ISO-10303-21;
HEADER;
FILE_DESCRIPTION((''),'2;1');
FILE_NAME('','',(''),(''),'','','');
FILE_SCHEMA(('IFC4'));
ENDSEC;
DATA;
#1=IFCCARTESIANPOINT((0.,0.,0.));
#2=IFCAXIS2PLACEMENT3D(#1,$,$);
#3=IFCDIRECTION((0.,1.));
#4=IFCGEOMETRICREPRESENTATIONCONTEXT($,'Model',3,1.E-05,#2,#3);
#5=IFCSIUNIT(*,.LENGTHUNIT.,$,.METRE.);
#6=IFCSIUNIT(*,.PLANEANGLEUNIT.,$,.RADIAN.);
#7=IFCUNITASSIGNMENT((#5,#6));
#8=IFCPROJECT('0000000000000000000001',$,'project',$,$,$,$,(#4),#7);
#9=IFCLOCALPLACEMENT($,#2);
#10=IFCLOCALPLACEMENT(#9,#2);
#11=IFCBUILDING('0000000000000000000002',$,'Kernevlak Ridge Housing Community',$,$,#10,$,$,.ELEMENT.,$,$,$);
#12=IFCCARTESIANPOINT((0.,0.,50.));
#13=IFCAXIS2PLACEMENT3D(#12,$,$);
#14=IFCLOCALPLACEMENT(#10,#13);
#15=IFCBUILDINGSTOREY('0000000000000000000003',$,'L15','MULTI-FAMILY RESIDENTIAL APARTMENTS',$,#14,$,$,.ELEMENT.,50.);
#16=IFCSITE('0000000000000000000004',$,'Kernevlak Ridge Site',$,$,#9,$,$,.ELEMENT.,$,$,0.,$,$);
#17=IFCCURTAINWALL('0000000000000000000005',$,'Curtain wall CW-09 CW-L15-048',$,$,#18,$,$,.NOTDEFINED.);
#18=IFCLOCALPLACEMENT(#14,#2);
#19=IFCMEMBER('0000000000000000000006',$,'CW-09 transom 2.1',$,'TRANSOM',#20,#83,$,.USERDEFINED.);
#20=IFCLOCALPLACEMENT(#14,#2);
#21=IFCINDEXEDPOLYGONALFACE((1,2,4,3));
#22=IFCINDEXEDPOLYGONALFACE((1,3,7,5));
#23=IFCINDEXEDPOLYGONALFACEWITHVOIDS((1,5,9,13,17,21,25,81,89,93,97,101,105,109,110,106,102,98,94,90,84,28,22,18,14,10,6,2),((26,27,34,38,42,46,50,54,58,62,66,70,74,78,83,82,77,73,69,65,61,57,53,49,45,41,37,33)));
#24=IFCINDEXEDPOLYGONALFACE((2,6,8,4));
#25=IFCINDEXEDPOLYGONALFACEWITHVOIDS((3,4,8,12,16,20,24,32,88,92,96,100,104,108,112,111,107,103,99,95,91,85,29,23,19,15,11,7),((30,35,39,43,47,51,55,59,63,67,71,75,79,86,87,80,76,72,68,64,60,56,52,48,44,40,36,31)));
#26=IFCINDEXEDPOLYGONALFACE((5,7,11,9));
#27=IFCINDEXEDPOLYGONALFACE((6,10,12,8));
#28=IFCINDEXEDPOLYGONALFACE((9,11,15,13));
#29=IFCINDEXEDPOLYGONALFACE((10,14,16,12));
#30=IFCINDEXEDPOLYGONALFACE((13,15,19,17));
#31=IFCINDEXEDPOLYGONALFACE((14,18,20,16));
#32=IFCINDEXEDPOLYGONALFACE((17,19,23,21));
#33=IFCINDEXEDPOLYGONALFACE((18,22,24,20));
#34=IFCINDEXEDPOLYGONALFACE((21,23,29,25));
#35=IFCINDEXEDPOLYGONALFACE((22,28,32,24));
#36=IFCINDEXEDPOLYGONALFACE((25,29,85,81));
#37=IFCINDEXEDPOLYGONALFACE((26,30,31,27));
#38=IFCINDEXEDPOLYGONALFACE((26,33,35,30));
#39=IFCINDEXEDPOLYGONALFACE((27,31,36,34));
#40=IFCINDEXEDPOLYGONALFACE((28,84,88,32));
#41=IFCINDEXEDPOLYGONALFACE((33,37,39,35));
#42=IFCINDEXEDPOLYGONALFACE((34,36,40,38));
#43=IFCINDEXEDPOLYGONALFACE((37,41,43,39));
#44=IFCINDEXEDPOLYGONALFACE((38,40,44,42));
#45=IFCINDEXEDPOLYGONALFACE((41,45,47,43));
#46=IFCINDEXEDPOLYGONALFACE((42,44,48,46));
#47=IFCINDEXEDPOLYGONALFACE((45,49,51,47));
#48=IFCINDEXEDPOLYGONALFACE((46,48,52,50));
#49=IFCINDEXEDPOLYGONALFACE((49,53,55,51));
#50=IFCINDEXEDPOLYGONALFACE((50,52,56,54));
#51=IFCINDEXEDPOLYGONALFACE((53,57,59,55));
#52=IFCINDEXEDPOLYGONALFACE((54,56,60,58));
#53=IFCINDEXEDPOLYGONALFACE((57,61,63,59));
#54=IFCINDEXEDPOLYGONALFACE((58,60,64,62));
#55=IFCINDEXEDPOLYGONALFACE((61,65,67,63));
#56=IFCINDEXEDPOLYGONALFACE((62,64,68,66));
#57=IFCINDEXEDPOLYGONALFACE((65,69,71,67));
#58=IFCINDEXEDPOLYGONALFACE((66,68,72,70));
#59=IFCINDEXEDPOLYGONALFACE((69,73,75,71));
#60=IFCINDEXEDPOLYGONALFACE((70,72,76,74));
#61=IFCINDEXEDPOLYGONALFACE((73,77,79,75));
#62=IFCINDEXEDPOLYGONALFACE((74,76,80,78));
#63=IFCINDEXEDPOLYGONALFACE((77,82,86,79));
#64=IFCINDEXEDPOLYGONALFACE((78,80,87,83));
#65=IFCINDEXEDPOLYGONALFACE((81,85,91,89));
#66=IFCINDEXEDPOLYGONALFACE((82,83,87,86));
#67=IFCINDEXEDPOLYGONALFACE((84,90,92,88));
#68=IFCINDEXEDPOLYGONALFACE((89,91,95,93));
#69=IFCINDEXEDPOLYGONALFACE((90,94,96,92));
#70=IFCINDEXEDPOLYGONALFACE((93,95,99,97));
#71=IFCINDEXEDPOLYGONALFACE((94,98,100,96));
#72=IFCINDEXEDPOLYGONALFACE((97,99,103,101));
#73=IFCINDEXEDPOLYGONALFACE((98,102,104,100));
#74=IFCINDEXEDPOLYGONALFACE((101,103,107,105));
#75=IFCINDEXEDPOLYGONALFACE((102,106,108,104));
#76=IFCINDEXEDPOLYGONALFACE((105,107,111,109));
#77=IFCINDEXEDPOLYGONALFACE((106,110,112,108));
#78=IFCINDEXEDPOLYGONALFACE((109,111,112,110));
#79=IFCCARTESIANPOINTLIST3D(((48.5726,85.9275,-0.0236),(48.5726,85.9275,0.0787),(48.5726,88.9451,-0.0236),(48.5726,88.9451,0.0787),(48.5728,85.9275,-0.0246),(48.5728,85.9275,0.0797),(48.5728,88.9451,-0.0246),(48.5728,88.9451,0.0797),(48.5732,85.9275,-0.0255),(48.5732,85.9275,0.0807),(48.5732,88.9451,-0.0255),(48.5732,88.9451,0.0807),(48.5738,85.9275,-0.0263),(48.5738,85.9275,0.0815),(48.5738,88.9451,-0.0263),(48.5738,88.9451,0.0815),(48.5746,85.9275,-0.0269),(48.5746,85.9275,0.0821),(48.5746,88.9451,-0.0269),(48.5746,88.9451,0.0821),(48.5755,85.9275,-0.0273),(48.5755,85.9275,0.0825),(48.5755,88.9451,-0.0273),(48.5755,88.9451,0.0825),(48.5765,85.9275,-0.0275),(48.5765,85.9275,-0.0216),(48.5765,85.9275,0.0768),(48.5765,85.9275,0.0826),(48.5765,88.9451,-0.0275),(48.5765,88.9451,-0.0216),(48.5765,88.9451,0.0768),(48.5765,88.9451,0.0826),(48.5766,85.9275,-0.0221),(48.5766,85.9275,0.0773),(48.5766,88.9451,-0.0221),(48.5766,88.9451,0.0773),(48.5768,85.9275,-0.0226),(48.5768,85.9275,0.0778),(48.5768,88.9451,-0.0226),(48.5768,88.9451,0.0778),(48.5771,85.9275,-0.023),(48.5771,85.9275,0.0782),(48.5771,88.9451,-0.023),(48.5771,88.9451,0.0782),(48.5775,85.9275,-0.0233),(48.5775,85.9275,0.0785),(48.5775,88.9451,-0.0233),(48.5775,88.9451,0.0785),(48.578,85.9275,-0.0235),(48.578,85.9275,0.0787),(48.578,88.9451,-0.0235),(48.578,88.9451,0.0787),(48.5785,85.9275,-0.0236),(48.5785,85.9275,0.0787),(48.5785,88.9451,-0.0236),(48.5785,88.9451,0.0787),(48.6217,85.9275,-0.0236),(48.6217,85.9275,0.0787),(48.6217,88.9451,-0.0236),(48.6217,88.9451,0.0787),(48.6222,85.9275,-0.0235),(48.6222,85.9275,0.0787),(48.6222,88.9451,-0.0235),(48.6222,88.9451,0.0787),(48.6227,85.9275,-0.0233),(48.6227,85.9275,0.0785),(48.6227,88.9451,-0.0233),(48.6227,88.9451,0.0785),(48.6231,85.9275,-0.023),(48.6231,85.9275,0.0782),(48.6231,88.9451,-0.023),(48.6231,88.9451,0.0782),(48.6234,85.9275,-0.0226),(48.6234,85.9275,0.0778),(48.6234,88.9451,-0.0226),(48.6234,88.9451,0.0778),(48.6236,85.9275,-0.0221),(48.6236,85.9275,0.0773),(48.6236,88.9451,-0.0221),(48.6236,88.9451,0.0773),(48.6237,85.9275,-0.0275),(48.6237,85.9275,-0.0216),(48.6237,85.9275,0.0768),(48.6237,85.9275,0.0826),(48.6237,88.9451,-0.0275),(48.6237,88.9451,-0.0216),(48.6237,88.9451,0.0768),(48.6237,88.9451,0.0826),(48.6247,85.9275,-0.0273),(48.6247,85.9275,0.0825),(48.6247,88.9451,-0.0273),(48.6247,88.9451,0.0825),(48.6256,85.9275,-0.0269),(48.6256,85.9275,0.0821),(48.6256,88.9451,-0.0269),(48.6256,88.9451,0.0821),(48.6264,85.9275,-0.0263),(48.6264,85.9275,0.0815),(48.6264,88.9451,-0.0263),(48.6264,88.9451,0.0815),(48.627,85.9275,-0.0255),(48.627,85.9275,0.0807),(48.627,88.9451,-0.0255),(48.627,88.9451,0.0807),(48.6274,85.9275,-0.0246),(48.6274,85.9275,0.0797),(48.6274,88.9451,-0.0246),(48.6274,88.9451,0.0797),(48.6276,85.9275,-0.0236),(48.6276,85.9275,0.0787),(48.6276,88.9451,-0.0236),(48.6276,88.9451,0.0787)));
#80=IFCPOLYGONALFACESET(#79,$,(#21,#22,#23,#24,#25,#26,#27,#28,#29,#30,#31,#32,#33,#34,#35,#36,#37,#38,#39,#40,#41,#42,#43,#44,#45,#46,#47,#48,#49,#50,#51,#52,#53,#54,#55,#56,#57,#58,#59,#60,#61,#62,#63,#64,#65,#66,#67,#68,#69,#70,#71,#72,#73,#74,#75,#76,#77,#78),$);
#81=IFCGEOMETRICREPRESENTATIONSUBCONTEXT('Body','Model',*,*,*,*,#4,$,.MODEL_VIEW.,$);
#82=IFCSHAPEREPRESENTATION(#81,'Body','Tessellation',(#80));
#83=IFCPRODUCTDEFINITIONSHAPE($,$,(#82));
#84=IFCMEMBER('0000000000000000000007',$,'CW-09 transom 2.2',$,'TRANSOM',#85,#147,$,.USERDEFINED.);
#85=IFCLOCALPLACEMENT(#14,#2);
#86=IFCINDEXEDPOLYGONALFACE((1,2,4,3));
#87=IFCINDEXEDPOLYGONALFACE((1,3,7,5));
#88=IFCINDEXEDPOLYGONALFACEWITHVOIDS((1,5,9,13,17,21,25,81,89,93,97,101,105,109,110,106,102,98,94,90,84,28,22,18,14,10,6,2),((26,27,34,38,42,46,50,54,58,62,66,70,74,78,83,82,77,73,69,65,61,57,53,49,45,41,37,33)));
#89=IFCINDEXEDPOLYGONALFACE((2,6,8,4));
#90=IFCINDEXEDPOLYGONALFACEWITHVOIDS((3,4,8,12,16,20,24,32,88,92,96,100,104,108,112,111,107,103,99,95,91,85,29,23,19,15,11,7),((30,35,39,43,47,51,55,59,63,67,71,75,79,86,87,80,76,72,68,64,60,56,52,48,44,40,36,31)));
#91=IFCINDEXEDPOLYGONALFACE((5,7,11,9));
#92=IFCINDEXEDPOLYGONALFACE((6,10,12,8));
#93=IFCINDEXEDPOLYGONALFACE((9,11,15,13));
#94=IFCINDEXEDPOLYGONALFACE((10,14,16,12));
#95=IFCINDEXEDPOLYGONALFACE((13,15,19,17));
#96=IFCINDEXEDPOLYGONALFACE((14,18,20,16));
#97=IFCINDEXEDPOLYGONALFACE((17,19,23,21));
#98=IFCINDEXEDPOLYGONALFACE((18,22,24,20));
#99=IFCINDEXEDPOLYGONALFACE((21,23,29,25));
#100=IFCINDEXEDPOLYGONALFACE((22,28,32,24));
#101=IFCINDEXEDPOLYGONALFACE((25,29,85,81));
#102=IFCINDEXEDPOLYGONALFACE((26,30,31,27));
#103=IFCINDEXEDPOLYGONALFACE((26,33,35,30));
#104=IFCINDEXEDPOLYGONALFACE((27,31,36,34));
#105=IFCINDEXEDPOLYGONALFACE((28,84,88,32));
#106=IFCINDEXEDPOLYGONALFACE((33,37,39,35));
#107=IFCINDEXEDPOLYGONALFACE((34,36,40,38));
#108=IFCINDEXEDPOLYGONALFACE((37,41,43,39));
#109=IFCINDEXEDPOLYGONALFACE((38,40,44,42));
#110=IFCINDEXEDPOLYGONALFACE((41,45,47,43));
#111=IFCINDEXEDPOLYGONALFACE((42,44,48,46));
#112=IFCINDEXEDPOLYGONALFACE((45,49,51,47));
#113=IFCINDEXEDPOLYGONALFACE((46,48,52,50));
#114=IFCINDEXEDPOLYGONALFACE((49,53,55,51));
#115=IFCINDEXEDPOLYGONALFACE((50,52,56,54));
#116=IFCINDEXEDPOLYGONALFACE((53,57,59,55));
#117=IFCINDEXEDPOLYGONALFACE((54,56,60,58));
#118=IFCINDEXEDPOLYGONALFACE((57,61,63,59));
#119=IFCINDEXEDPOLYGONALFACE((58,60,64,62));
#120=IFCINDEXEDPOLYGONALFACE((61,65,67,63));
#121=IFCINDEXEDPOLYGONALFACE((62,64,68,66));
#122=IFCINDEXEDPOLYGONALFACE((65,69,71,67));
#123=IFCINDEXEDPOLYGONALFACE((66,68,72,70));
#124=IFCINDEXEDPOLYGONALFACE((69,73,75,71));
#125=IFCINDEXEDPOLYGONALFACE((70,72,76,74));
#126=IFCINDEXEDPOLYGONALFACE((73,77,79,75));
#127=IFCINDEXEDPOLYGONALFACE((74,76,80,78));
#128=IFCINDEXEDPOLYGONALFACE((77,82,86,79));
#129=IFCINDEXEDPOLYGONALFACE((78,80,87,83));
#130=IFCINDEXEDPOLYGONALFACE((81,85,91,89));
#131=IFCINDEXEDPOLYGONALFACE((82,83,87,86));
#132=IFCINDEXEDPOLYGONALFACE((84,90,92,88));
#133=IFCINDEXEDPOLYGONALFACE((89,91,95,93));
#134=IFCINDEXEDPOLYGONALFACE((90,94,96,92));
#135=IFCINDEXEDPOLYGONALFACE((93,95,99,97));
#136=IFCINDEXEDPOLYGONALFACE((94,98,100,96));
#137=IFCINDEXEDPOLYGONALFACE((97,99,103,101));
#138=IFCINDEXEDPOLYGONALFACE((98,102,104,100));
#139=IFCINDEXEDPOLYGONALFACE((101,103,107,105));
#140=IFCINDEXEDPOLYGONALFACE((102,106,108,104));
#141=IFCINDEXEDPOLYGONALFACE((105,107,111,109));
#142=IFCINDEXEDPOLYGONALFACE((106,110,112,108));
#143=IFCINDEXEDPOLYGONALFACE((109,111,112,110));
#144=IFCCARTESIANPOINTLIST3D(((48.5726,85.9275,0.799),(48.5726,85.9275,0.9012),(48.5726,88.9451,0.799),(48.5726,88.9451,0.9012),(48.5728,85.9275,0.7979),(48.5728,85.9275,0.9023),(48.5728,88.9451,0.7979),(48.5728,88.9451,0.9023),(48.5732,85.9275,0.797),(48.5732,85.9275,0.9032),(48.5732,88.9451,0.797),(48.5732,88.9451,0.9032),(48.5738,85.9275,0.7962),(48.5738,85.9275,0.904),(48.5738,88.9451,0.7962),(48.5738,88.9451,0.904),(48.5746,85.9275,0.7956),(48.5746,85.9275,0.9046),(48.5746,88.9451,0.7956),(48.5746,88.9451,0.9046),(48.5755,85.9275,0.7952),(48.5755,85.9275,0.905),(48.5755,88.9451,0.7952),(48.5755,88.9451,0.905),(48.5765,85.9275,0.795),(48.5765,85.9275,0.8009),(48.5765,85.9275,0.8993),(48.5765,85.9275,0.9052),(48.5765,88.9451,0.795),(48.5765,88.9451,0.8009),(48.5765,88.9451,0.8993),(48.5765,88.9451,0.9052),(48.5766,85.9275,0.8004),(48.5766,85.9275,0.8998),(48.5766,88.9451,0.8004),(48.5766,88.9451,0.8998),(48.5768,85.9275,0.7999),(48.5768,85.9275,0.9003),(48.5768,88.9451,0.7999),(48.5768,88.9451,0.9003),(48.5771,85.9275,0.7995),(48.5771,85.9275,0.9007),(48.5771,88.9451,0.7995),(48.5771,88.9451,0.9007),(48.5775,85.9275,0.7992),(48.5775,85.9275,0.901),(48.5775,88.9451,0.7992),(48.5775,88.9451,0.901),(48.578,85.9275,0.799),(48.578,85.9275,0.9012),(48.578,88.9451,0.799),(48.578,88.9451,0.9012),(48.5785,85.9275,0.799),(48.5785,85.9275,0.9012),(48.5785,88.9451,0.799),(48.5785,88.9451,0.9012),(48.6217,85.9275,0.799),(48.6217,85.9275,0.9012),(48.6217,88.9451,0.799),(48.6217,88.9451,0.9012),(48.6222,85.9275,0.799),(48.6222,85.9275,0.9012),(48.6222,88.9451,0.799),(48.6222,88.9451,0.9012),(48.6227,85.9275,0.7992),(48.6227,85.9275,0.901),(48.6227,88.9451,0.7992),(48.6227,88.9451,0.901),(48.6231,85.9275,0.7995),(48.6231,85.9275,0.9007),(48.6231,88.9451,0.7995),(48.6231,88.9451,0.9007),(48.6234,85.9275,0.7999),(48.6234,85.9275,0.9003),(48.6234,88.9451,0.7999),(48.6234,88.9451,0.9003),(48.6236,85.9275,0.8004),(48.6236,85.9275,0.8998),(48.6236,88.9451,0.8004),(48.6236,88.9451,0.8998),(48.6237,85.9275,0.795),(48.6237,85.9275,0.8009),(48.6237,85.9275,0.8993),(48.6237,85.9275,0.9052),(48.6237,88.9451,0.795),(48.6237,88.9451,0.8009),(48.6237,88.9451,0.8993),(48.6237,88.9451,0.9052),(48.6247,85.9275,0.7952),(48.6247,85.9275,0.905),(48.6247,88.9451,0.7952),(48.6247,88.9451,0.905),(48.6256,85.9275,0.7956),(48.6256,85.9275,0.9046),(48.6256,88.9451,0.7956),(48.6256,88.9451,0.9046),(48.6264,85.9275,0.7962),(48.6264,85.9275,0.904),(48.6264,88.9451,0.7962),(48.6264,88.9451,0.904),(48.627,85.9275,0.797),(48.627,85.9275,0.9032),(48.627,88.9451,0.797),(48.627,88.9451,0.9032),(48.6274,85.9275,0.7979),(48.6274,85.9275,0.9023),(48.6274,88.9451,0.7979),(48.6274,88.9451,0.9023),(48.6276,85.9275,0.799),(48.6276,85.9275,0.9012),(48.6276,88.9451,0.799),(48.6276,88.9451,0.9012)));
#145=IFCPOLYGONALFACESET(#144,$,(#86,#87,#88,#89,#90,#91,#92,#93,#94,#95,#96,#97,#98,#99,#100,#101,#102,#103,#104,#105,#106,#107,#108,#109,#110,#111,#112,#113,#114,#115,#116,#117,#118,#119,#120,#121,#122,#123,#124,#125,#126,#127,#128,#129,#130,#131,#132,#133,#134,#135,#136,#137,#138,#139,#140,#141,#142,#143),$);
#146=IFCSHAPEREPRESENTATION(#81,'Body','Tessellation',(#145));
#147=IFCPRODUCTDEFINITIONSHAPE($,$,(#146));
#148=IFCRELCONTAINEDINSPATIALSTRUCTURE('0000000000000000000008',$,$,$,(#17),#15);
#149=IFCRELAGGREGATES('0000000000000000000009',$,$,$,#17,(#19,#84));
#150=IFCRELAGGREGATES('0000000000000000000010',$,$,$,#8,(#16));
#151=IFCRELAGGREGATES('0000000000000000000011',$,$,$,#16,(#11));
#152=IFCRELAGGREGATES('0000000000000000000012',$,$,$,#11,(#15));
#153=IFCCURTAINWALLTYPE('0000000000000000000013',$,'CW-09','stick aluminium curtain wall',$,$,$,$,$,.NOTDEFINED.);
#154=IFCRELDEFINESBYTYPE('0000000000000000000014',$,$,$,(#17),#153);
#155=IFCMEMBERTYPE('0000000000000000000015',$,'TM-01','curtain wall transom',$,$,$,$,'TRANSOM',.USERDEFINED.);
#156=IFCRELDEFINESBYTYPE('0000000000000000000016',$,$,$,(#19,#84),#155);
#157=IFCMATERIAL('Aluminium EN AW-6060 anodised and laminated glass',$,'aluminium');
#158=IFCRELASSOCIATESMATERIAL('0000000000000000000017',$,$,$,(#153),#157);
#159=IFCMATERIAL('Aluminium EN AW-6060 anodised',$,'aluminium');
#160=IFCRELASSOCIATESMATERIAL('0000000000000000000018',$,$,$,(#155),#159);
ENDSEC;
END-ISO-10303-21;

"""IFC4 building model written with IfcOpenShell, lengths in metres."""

from ifc_helpers import new_model, si_unit, direction, frame, origin, origin_2d, place, context, subcontext, project, spatial, hollow_rectangle, extrude, material, material_profile, profile_set, type_object, element, aggregate, save


model = new_model("IFC4")

# Units and contexts
model_context = context("Model", 3, precision=1e-05, world=origin(), true_north=direction((0.0, 1.0)))
body_context = subcontext(model_context, "Body", "Model", "MODEL_VIEW")
ifc_project = project(units=[si_unit("LENGTHUNIT", "METRE"), si_unit("PLANEANGLEUNIT", "RADIAN")], contexts=[model_context])

# Site, building, storey
site_placement = place(None, origin())
site = spatial("IfcSite", under=ifc_project, at=site_placement, Name="Kernevlak Ridge Site", CompositionType="ELEMENT", RefElevation=0.0)
building_placement = place(site_placement, origin())
building = spatial("IfcBuilding", under=site, at=building_placement, Name="Kernevlak Ridge Housing Community", CompositionType="ELEMENT")
storey_placement = place(building_placement, frame((0.0, 0.0, 50.0)))
storey = spatial("IfcBuildingStorey", under=building, at=storey_placement, Name="L15", Description="MULTI-FAMILY RESIDENTIAL APARTMENTS", CompositionType="ELEMENT", Elevation=50.0)

# Curtain wall
ifc_material_1 = material(Name="Aluminium EN AW-6060 anodised and laminated glass", Category="aluminium")
curtain_wall_type = type_object("IfcCurtainWallType", Name="CW-09", Description="stick aluminium curtain wall", PredefinedType="NOTDEFINED", material=ifc_material_1)
curtain_wall_placement = place(storey_placement, origin())
curtain_wall = element("IfcCurtainWall", 1, at=curtain_wall_placement, inside=storey, type_object=curtain_wall_type, Name="Curtain wall CW-09 CW-L15-048", PredefinedType="NOTDEFINED")
ifc_material_2 = material(Name="Aluminium EN AW-6060 anodised", Category="aluminium")

# Members
ifc_material_profile_1 = material_profile(ifc_material_2, hollow_rectangle(XDim=0.0549, YDim=0.1101, WallThickness=0.0039, InnerFilletRadius=0.002, OuterFilletRadius=0.0039, at=origin_2d()), Name="ALU 55x110x4")
ifc_profile_set_1 = profile_set([ifc_material_profile_1], Name="Aluminium EN AW-6060 anodised")
member_type_1 = type_object("IfcMemberType", Name="TM-01", Description="curtain wall transom", ElementType="TRANSOM", PredefinedType="USERDEFINED", material=ifc_profile_set_1)
member_1_placement = place(storey_placement, frame((48.6001, 85.9275, 0.0276), z_axis=(0.0, 1.0, 0.0), x_axis=(-1.0, 0.0, 0.0)))
member_1 = element("IfcMember", 2, at=member_1_placement, type_object=member_type_1, Name="CW-09 transom 2.1", ObjectType="TRANSOM", PredefinedType="USERDEFINED", context=body_context, shape_type="SweptSolid", body=[
    extrude(hollow_rectangle(XDim=0.0549, YDim=0.1101, WallThickness=0.0039, InnerFilletRadius=0.002, OuterFilletRadius=0.0039, at=origin_2d()), origin(), (0.0, 0.0, 1.0), 3.0176),
])
member_2_placement = place(storey_placement, frame((48.6001, 85.9275, 0.8501), z_axis=(0.0, 1.0, 0.0), x_axis=(-1.0, 0.0, 0.0)))
member_2 = element("IfcMember", 3, at=member_2_placement, type_object=member_type_1, Name="CW-09 transom 2.2", ObjectType="TRANSOM", PredefinedType="USERDEFINED", context=body_context, shape_type="SweptSolid", body=[
    extrude(hollow_rectangle(XDim=0.0549, YDim=0.1101, WallThickness=0.0039, InnerFilletRadius=0.002, OuterFilletRadius=0.0039, at=origin_2d()), origin(), (0.0, 0.0, 1.0), 3.0176),
])

aggregate(curtain_wall, [member_1, member_2])

save(model, "model.ifc")
